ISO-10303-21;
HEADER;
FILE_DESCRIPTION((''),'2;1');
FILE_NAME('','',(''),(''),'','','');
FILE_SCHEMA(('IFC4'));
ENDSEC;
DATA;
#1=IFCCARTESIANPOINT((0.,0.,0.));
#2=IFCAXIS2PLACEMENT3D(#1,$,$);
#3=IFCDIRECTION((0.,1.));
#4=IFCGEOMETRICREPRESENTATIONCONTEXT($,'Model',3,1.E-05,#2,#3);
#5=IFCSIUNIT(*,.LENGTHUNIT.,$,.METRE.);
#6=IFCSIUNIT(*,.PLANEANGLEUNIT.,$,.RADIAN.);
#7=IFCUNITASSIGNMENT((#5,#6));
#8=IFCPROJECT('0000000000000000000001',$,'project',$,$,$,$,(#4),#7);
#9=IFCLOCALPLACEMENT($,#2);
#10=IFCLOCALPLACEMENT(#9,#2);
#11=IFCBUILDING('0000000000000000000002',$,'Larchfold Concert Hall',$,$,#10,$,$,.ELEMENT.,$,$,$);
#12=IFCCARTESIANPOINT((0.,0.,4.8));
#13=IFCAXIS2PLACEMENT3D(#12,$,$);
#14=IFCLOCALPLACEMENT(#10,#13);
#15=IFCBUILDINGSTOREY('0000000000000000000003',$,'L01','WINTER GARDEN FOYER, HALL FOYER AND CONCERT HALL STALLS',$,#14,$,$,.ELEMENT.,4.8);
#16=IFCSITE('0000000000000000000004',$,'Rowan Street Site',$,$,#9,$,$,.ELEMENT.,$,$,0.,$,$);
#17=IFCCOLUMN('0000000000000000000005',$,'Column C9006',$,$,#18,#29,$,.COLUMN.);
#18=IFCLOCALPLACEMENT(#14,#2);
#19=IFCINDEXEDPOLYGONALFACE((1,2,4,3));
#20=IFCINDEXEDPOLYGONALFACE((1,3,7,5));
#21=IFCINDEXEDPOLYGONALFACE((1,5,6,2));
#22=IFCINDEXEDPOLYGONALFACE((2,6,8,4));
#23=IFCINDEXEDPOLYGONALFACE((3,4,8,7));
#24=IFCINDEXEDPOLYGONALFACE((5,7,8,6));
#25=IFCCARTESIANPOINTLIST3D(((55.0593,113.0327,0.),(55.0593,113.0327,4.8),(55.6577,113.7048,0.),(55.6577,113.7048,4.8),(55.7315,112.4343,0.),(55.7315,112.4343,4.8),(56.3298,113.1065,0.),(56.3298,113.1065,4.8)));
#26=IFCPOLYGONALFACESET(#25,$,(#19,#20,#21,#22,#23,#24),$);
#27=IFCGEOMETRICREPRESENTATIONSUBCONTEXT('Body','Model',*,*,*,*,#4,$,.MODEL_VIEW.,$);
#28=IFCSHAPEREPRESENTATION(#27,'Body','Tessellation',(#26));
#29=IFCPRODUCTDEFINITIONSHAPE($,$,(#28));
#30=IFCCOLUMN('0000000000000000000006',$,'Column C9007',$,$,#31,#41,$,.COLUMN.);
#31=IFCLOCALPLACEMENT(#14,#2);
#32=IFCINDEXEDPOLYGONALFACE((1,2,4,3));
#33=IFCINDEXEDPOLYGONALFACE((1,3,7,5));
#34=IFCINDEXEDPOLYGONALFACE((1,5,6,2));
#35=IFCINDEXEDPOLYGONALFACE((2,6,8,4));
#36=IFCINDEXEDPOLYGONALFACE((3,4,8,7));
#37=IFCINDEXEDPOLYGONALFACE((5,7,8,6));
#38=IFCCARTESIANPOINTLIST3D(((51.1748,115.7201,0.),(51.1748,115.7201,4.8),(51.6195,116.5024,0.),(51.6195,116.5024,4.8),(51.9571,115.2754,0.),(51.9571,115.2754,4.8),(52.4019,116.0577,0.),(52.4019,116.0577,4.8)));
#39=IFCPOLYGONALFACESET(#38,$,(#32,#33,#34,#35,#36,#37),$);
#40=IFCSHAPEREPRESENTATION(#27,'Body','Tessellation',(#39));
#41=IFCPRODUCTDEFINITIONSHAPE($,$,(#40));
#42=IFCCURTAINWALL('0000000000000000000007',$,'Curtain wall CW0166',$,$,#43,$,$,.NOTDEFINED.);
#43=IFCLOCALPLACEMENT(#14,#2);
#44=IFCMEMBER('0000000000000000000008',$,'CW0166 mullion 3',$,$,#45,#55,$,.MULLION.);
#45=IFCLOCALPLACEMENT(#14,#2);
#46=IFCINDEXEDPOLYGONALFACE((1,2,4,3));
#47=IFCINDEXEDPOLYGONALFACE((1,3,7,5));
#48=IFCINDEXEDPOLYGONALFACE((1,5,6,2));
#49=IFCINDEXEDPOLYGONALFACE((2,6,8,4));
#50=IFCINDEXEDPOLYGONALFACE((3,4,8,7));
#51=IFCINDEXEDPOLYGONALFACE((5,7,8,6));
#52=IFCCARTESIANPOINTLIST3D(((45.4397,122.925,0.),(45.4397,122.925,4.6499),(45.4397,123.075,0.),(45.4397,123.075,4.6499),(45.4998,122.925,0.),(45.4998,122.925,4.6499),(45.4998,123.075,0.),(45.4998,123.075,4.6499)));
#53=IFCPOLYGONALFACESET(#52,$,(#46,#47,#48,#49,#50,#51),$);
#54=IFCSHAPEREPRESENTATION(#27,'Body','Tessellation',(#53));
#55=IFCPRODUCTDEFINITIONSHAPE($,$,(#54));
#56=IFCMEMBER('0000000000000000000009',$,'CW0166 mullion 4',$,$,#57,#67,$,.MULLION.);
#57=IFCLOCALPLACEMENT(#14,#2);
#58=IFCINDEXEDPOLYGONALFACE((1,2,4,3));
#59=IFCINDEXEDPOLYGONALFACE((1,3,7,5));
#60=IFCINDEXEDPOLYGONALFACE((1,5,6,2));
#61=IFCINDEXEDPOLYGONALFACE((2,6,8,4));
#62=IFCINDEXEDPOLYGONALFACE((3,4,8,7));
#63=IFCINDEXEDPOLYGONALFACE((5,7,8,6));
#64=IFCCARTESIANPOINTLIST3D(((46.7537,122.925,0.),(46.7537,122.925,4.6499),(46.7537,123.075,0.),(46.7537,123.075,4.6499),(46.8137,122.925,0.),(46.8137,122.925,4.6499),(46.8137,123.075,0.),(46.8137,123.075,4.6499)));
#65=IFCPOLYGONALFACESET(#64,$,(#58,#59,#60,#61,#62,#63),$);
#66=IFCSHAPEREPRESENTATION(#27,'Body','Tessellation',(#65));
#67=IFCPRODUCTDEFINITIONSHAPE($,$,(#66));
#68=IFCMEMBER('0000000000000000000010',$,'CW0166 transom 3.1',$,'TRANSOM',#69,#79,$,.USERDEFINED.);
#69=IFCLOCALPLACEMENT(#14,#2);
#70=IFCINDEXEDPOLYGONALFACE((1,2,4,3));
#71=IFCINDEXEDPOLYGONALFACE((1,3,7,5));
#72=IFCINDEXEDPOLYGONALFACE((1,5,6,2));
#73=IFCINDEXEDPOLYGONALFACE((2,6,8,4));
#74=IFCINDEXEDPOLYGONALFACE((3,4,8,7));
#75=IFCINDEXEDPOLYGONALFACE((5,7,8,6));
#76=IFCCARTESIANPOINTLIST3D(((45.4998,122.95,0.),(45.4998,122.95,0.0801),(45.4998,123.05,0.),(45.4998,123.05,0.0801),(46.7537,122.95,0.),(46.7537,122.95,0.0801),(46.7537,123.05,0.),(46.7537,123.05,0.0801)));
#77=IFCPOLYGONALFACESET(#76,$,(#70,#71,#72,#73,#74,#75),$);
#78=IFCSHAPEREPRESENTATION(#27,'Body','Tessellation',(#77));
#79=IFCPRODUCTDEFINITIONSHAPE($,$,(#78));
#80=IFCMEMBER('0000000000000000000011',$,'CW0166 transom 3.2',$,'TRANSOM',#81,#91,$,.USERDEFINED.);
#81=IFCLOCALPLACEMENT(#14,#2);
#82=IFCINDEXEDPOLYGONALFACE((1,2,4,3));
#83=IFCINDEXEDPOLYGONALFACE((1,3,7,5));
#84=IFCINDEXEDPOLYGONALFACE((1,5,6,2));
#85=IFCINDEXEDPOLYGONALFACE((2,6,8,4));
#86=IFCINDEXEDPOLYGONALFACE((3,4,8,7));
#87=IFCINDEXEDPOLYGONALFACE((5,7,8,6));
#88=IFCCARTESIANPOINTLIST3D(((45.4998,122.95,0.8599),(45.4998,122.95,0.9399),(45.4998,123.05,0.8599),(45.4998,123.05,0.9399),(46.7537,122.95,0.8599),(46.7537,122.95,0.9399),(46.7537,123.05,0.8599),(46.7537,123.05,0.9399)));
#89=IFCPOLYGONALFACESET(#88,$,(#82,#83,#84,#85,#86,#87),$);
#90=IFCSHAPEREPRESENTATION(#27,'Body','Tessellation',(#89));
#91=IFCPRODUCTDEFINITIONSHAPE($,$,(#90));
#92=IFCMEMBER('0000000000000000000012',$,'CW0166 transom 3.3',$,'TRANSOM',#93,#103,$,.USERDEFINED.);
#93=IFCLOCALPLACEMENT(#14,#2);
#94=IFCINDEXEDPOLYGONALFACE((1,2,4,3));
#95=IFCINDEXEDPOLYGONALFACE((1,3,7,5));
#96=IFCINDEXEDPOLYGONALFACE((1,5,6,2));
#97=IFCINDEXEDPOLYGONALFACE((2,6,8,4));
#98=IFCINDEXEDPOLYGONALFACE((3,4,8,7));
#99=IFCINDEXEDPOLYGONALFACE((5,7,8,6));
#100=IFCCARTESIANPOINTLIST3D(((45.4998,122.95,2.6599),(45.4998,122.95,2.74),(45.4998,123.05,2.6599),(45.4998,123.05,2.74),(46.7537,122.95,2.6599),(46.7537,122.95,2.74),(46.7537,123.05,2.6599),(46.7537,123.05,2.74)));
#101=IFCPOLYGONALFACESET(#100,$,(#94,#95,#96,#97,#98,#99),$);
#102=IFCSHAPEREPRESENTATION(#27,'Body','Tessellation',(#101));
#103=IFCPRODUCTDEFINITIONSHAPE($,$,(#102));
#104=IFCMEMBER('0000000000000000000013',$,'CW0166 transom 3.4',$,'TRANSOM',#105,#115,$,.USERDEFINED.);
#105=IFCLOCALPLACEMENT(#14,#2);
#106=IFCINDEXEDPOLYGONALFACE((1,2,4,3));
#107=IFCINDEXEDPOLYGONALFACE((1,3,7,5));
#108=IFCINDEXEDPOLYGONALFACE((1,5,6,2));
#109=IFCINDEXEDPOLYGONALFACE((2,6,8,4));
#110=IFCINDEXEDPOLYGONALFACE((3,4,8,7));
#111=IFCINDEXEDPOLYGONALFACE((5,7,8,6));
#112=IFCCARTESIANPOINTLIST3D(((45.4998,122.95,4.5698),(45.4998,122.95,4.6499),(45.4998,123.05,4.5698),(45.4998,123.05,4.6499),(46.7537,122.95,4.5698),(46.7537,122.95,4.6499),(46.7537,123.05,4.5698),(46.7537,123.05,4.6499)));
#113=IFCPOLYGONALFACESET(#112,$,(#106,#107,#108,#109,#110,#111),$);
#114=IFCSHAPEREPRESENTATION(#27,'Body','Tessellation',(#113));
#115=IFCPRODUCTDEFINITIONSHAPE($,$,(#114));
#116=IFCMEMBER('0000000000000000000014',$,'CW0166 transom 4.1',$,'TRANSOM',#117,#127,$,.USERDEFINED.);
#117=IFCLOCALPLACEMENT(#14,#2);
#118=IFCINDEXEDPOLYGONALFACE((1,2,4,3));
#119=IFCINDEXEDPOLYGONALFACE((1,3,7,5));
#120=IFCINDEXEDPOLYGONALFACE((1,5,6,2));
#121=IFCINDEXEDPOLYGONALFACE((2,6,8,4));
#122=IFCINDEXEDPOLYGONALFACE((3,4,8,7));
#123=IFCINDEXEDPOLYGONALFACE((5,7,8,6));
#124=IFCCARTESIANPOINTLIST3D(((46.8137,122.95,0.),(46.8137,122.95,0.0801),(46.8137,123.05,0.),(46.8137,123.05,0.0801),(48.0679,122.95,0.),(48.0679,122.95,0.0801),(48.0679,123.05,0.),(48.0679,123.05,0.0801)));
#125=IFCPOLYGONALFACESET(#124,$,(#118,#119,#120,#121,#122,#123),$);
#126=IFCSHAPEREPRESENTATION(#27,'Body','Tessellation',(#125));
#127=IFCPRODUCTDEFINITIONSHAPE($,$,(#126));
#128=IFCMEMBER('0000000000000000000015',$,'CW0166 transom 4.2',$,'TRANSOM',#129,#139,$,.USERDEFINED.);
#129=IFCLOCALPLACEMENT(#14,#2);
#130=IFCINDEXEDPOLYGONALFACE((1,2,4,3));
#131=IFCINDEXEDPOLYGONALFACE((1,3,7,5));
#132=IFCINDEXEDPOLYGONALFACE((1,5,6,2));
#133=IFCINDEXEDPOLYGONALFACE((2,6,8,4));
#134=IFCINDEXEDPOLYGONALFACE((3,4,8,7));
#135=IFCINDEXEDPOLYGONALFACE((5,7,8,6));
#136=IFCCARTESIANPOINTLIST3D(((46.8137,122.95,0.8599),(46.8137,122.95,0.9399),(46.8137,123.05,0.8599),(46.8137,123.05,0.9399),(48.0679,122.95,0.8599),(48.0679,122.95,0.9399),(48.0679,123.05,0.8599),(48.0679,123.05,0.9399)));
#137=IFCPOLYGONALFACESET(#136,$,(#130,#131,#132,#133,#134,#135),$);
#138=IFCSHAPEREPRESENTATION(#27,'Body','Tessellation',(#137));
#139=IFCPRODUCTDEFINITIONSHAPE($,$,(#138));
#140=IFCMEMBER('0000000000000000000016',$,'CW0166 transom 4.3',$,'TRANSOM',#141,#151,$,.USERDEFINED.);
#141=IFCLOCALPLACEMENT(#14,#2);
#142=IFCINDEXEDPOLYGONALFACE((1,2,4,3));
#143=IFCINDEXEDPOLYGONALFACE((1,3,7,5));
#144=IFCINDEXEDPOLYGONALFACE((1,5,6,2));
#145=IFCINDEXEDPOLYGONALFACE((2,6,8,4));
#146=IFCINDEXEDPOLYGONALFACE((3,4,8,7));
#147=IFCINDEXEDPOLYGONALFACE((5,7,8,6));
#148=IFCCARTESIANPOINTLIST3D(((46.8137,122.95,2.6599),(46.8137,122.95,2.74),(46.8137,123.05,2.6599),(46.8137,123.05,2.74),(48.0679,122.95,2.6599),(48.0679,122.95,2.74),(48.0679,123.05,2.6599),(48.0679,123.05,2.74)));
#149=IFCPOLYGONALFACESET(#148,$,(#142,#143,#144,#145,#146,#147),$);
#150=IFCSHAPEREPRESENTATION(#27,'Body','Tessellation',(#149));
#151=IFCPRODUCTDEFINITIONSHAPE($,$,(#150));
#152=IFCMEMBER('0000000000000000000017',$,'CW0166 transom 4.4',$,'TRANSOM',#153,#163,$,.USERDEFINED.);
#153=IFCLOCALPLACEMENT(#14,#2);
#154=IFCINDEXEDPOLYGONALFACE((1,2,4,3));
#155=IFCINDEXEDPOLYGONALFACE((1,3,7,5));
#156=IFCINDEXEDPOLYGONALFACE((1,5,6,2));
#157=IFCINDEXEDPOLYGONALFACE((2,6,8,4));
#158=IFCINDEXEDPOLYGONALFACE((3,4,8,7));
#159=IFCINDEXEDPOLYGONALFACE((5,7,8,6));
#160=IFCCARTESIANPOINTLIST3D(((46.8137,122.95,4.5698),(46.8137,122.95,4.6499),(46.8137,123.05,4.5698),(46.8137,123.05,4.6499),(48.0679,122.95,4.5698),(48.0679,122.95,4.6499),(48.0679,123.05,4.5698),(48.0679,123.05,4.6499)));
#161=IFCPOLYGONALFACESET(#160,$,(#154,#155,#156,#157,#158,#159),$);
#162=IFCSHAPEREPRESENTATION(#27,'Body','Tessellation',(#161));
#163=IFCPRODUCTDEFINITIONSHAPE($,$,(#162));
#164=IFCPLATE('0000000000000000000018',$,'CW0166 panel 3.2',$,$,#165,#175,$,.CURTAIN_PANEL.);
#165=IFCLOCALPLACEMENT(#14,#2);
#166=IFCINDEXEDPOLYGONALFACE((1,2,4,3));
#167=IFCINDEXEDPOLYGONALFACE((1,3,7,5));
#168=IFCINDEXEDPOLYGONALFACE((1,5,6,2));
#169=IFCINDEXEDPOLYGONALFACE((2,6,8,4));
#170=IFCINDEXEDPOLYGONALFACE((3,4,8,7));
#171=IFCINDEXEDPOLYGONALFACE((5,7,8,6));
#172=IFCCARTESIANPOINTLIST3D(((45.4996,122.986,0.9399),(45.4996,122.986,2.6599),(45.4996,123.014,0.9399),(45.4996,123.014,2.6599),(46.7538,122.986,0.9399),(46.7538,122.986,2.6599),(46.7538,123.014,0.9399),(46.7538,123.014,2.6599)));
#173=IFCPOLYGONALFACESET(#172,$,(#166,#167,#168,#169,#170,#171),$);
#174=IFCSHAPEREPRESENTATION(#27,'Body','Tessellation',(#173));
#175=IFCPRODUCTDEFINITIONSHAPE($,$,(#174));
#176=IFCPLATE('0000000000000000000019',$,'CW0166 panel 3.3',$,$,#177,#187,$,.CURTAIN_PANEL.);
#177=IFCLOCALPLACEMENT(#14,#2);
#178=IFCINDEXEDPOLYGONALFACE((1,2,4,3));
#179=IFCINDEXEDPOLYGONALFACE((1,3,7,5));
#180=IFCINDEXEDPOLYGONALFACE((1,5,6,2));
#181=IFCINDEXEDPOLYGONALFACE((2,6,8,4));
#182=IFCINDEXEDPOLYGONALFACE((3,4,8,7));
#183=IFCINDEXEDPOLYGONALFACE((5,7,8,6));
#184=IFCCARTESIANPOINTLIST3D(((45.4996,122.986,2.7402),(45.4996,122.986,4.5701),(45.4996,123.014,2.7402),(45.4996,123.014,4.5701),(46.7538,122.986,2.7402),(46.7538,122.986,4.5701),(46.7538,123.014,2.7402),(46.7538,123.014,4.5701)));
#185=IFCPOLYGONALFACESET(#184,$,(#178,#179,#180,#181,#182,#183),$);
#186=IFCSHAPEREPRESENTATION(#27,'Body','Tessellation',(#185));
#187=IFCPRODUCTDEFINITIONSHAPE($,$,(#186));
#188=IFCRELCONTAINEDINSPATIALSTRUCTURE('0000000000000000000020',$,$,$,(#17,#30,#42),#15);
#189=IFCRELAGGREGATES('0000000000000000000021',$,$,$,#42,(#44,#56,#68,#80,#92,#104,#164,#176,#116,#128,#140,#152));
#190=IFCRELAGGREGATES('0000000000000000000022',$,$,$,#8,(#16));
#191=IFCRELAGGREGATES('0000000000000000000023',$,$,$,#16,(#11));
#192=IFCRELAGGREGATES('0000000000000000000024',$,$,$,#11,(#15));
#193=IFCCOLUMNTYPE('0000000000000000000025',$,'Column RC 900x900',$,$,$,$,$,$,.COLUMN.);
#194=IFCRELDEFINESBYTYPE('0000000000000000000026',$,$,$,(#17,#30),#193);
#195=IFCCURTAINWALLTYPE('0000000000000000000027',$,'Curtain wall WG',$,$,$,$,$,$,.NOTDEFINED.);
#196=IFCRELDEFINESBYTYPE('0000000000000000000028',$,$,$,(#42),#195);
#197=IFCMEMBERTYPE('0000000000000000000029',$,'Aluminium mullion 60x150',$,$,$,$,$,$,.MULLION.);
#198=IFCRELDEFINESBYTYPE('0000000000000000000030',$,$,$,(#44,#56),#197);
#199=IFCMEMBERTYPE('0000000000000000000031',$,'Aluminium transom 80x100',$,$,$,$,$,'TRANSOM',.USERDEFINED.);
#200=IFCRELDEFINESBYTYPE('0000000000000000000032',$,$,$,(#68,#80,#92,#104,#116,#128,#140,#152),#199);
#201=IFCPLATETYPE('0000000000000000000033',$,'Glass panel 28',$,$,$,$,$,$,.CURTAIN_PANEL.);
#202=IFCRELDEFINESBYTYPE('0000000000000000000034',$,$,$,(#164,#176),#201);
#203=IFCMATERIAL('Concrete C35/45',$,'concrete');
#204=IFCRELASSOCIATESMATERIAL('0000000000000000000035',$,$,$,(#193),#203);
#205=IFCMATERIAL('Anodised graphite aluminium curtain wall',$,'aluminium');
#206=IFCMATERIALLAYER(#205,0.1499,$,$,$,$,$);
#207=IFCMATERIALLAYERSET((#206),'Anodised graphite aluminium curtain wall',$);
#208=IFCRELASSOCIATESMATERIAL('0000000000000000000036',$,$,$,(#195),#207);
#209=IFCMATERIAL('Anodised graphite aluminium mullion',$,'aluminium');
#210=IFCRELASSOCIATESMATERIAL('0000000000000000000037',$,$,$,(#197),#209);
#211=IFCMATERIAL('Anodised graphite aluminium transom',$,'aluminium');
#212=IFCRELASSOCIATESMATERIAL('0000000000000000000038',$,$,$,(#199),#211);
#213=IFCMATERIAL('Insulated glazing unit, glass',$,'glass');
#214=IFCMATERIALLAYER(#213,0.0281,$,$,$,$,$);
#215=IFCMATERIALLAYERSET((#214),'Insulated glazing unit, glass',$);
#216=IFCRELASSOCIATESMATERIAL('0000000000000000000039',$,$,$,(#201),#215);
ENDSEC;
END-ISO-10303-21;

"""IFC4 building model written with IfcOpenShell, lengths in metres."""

from ifc_helpers import new_model, si_unit, direction, frame, origin, origin_2d, place, context, subcontext, project, spatial, rectangle, extrude, material, layer, layer_set, material_profile, profile_set, type_object, element, aggregate, save


model = new_model("IFC4")

# Units and contexts
model_context = context("Model", 3, precision=1e-05, world=origin(), true_north=direction((0.0, 1.0)))
body_context = subcontext(model_context, "Body", "Model", "MODEL_VIEW")
ifc_project = project(units=[si_unit("LENGTHUNIT", "METRE"), si_unit("PLANEANGLEUNIT", "RADIAN")], contexts=[model_context])

# Site, building, storey
site_placement = place(None, origin())
site = spatial("IfcSite", under=ifc_project, at=site_placement, Name="Rowan Street Site", CompositionType="ELEMENT", RefElevation=0.0)
building_placement = place(site_placement, origin())
building = spatial("IfcBuilding", under=site, at=building_placement, Name="Larchfold Concert Hall", CompositionType="ELEMENT")
storey_placement = place(building_placement, frame((0.0, 0.0, 4.8)))
storey = spatial("IfcBuildingStorey", under=building, at=storey_placement, Name="L01", Description="WINTER GARDEN FOYER, HALL FOYER AND CONCERT HALL STALLS", CompositionType="ELEMENT", Elevation=4.8)

# Columns
ifc_material_1 = material(Name="Concrete C35/45", Category="concrete")
ifc_material_profile_1 = material_profile(ifc_material_1, rectangle(XDim=0.8999, YDim=0.8999, at=origin_2d()))
ifc_profile_set_1 = profile_set([ifc_material_profile_1], Name="Concrete C35/45")
column_type = type_object("IfcColumnType", Name="Column RC 900x900", PredefinedType="COLUMN", material=ifc_profile_set_1)
for number, where, z_axis, x_axis, name in (
    (1, (55.6946, 113.0696, 0.0), (0.0, 0.0, 1.0), (0.664882, 0.746949, 0.0), "Column C9006"),
    (2, (51.7883, 115.8889, 0.0), (0.0, 0.0, 1.0), (0.494204, 0.869346, 0.0), "Column C9007"),
):
    element("IfcColumn", number, at=place(storey_placement, frame(where, z_axis=z_axis, x_axis=x_axis)), inside=storey, type_object=column_type, Name=name, PredefinedType="COLUMN", context=body_context, shape_type="SweptSolid", body=[
        extrude(rectangle(XDim=0.8999, YDim=0.8999, at=origin_2d()), origin(), (0.0, 0.0, 1.0), 4.8),
    ])

# Curtain wall, members, plates
ifc_material_2 = material(Name="Anodised graphite aluminium curtain wall", Category="aluminium")
ifc_layer_1 = layer(ifc_material_2, 0.1499)
ifc_layer_set_1 = layer_set([ifc_layer_1], Name="Anodised graphite aluminium curtain wall")
curtain_wall_type = type_object("IfcCurtainWallType", Name="Curtain wall WG", PredefinedType="NOTDEFINED", material=ifc_layer_set_1)
curtain_wall_placement = place(storey_placement, origin())
curtain_wall = element("IfcCurtainWall", 3, at=curtain_wall_placement, inside=storey, type_object=curtain_wall_type, Name="Curtain wall CW0166", PredefinedType="NOTDEFINED")
ifc_material_3 = material(Name="Anodised graphite aluminium mullion", Category="aluminium")
ifc_material_profile_2 = material_profile(ifc_material_3, rectangle(XDim=0.1499, YDim=0.0601, at=origin_2d()))
ifc_profile_set_2 = profile_set([ifc_material_profile_2], Name="Anodised graphite aluminium mullion")
member_type_1 = type_object("IfcMemberType", Name="Aluminium mullion 60x150", PredefinedType="MULLION", material=ifc_profile_set_2)
member_1_placement = place(storey_placement, frame((45.4697, 123.0, 0.0), z_axis=(0.0, 0.0, 1.0), x_axis=(0.0, 1.0, 0.0)))
member_1 = element("IfcMember", 4, at=member_1_placement, type_object=member_type_1, Name="CW0166 mullion 3", PredefinedType="MULLION", context=body_context, shape_type="SweptSolid", body=[
    extrude(rectangle(XDim=0.1499, YDim=0.0601, at=origin_2d()), origin(), (0.0, 0.0, 1.0), 4.6499),
])
member_2_placement = place(storey_placement, frame((46.7837, 123.0, 0.0), z_axis=(0.0, 0.0, 1.0), x_axis=(0.0, 1.0, 0.0)))
member_2 = element("IfcMember", 5, at=member_2_placement, type_object=member_type_1, Name="CW0166 mullion 4", PredefinedType="MULLION", context=body_context, shape_type="SweptSolid", body=[
    extrude(rectangle(XDim=0.1499, YDim=0.0601, at=origin_2d()), origin(), (0.0, 0.0, 1.0), 4.6499),
])
ifc_material_4 = material(Name="Anodised graphite aluminium transom", Category="aluminium")
ifc_material_profile_3 = material_profile(ifc_material_4, rectangle(XDim=0.1001, YDim=0.0801, at=origin_2d()))
ifc_profile_set_3 = profile_set([ifc_material_profile_3], Name="Anodised graphite aluminium transom")
member_type_2 = type_object("IfcMemberType", Name="Aluminium transom 80x100", ElementType="TRANSOM", PredefinedType="USERDEFINED", material=ifc_profile_set_3)
member_3_placement = place(storey_placement, frame((45.4998, 123.0, 0.04), z_axis=(1.0, 0.0, 0.0), x_axis=(0.0, 1.0, 0.0)))
member_3 = element("IfcMember", 6, at=member_3_placement, type_object=member_type_2, Name="CW0166 transom 3.1", ObjectType="TRANSOM", PredefinedType="USERDEFINED", context=body_context, shape_type="SweptSolid", body=[
    extrude(rectangle(XDim=0.1001, YDim=0.0801, at=origin_2d()), origin(), (0.0, 0.0, 1.0), 1.2539),
])
member_4_placement = place(storey_placement, frame((45.4998, 123.0, 0.8999), z_axis=(1.0, 0.0, 0.0), x_axis=(0.0, 1.0, 0.0)))
member_4 = element("IfcMember", 7, at=member_4_placement, type_object=member_type_2, Name="CW0166 transom 3.2", ObjectType="TRANSOM", PredefinedType="USERDEFINED", context=body_context, shape_type="SweptSolid", body=[
    extrude(rectangle(XDim=0.1001, YDim=0.0801, at=origin_2d()), origin(), (0.0, 0.0, 1.0), 1.2539),
])
member_5_placement = place(storey_placement, frame((45.4998, 123.0, 2.7), z_axis=(1.0, 0.0, 0.0), x_axis=(0.0, 1.0, 0.0)))
member_5 = element("IfcMember", 8, at=member_5_placement, type_object=member_type_2, Name="CW0166 transom 3.3", ObjectType="TRANSOM", PredefinedType="USERDEFINED", context=body_context, shape_type="SweptSolid", body=[
    extrude(rectangle(XDim=0.1001, YDim=0.0801, at=origin_2d()), origin(), (0.0, 0.0, 1.0), 1.2539),
])
member_6_placement = place(storey_placement, frame((45.4998, 123.0, 4.6099), z_axis=(1.0, 0.0, 0.0), x_axis=(0.0, 1.0, 0.0)))
member_6 = element("IfcMember", 9, at=member_6_placement, type_object=member_type_2, Name="CW0166 transom 3.4", ObjectType="TRANSOM", PredefinedType="USERDEFINED", context=body_context, shape_type="SweptSolid", body=[
    extrude(rectangle(XDim=0.1001, YDim=0.0801, at=origin_2d()), origin(), (0.0, 0.0, 1.0), 1.2539),
])
member_7_placement = place(storey_placement, frame((46.8137, 123.0, 0.04), z_axis=(1.0, 0.0, 0.0), x_axis=(0.0, 1.0, 0.0)))
member_7 = element("IfcMember", 10, at=member_7_placement, type_object=member_type_2, Name="CW0166 transom 4.1", ObjectType="TRANSOM", PredefinedType="USERDEFINED", context=body_context, shape_type="SweptSolid", body=[
    extrude(rectangle(XDim=0.1001, YDim=0.0801, at=origin_2d()), origin(), (0.0, 0.0, 1.0), 1.2542),
])
member_8_placement = place(storey_placement, frame((46.8137, 123.0, 0.8999), z_axis=(1.0, 0.0, 0.0), x_axis=(0.0, 1.0, 0.0)))
member_8 = element("IfcMember", 11, at=member_8_placement, type_object=member_type_2, Name="CW0166 transom 4.2", ObjectType="TRANSOM", PredefinedType="USERDEFINED", context=body_context, shape_type="SweptSolid", body=[
    extrude(rectangle(XDim=0.1001, YDim=0.0801, at=origin_2d()), origin(), (0.0, 0.0, 1.0), 1.2542),
])
member_9_placement = place(storey_placement, frame((46.8137, 123.0, 2.7), z_axis=(1.0, 0.0, 0.0), x_axis=(0.0, 1.0, 0.0)))
member_9 = element("IfcMember", 12, at=member_9_placement, type_object=member_type_2, Name="CW0166 transom 4.3", ObjectType="TRANSOM", PredefinedType="USERDEFINED", context=body_context, shape_type="SweptSolid", body=[
    extrude(rectangle(XDim=0.1001, YDim=0.0801, at=origin_2d()), origin(), (0.0, 0.0, 1.0), 1.2542),
])
member_10_placement = place(storey_placement, frame((46.8137, 123.0, 4.6099), z_axis=(1.0, 0.0, 0.0), x_axis=(0.0, 1.0, 0.0)))
member_10 = element("IfcMember", 13, at=member_10_placement, type_object=member_type_2, Name="CW0166 transom 4.4", ObjectType="TRANSOM", PredefinedType="USERDEFINED", context=body_context, shape_type="SweptSolid", body=[
    extrude(rectangle(XDim=0.1001, YDim=0.0801, at=origin_2d()), origin(), (0.0, 0.0, 1.0), 1.2542),
])
ifc_material_5 = material(Name="Insulated glazing unit, glass", Category="glass")
ifc_layer_2 = layer(ifc_material_5, 0.0281)
ifc_layer_set_2 = layer_set([ifc_layer_2], Name="Insulated glazing unit, glass")
plate_type_1 = type_object("IfcPlateType", Name="Glass panel 28", PredefinedType="CURTAIN_PANEL", material=ifc_layer_set_2)
plate_1_placement = place(storey_placement, frame((46.1267, 123.0, 0.9399), z_axis=(0.0, 0.0, 1.0), x_axis=(1.0, 0.0, 0.0)))
plate_1 = element("IfcPlate", 14, at=plate_1_placement, type_object=plate_type_1, Name="CW0166 panel 3.2", PredefinedType="CURTAIN_PANEL", context=body_context, shape_type="SweptSolid", body=[
    extrude(rectangle(XDim=1.2542, YDim=0.0281, at=origin_2d()), origin(), (0.0, 0.0, 1.0), 1.72),
])
plate_2_placement = place(storey_placement, frame((46.1267, 123.0, 2.7402), z_axis=(0.0, 0.0, 1.0), x_axis=(1.0, 0.0, 0.0)))
plate_2 = element("IfcPlate", 15, at=plate_2_placement, type_object=plate_type_1, Name="CW0166 panel 3.3", PredefinedType="CURTAIN_PANEL", context=body_context, shape_type="SweptSolid", body=[
    extrude(rectangle(XDim=1.2542, YDim=0.0281, at=origin_2d()), origin(), (0.0, 0.0, 1.0), 1.8298),
])
aggregate(curtain_wall, [member_1, member_2, member_3, member_4, member_5, member_6, plate_1, plate_2, member_7, member_8, member_9, member_10])

save(model, "model.ifc")
